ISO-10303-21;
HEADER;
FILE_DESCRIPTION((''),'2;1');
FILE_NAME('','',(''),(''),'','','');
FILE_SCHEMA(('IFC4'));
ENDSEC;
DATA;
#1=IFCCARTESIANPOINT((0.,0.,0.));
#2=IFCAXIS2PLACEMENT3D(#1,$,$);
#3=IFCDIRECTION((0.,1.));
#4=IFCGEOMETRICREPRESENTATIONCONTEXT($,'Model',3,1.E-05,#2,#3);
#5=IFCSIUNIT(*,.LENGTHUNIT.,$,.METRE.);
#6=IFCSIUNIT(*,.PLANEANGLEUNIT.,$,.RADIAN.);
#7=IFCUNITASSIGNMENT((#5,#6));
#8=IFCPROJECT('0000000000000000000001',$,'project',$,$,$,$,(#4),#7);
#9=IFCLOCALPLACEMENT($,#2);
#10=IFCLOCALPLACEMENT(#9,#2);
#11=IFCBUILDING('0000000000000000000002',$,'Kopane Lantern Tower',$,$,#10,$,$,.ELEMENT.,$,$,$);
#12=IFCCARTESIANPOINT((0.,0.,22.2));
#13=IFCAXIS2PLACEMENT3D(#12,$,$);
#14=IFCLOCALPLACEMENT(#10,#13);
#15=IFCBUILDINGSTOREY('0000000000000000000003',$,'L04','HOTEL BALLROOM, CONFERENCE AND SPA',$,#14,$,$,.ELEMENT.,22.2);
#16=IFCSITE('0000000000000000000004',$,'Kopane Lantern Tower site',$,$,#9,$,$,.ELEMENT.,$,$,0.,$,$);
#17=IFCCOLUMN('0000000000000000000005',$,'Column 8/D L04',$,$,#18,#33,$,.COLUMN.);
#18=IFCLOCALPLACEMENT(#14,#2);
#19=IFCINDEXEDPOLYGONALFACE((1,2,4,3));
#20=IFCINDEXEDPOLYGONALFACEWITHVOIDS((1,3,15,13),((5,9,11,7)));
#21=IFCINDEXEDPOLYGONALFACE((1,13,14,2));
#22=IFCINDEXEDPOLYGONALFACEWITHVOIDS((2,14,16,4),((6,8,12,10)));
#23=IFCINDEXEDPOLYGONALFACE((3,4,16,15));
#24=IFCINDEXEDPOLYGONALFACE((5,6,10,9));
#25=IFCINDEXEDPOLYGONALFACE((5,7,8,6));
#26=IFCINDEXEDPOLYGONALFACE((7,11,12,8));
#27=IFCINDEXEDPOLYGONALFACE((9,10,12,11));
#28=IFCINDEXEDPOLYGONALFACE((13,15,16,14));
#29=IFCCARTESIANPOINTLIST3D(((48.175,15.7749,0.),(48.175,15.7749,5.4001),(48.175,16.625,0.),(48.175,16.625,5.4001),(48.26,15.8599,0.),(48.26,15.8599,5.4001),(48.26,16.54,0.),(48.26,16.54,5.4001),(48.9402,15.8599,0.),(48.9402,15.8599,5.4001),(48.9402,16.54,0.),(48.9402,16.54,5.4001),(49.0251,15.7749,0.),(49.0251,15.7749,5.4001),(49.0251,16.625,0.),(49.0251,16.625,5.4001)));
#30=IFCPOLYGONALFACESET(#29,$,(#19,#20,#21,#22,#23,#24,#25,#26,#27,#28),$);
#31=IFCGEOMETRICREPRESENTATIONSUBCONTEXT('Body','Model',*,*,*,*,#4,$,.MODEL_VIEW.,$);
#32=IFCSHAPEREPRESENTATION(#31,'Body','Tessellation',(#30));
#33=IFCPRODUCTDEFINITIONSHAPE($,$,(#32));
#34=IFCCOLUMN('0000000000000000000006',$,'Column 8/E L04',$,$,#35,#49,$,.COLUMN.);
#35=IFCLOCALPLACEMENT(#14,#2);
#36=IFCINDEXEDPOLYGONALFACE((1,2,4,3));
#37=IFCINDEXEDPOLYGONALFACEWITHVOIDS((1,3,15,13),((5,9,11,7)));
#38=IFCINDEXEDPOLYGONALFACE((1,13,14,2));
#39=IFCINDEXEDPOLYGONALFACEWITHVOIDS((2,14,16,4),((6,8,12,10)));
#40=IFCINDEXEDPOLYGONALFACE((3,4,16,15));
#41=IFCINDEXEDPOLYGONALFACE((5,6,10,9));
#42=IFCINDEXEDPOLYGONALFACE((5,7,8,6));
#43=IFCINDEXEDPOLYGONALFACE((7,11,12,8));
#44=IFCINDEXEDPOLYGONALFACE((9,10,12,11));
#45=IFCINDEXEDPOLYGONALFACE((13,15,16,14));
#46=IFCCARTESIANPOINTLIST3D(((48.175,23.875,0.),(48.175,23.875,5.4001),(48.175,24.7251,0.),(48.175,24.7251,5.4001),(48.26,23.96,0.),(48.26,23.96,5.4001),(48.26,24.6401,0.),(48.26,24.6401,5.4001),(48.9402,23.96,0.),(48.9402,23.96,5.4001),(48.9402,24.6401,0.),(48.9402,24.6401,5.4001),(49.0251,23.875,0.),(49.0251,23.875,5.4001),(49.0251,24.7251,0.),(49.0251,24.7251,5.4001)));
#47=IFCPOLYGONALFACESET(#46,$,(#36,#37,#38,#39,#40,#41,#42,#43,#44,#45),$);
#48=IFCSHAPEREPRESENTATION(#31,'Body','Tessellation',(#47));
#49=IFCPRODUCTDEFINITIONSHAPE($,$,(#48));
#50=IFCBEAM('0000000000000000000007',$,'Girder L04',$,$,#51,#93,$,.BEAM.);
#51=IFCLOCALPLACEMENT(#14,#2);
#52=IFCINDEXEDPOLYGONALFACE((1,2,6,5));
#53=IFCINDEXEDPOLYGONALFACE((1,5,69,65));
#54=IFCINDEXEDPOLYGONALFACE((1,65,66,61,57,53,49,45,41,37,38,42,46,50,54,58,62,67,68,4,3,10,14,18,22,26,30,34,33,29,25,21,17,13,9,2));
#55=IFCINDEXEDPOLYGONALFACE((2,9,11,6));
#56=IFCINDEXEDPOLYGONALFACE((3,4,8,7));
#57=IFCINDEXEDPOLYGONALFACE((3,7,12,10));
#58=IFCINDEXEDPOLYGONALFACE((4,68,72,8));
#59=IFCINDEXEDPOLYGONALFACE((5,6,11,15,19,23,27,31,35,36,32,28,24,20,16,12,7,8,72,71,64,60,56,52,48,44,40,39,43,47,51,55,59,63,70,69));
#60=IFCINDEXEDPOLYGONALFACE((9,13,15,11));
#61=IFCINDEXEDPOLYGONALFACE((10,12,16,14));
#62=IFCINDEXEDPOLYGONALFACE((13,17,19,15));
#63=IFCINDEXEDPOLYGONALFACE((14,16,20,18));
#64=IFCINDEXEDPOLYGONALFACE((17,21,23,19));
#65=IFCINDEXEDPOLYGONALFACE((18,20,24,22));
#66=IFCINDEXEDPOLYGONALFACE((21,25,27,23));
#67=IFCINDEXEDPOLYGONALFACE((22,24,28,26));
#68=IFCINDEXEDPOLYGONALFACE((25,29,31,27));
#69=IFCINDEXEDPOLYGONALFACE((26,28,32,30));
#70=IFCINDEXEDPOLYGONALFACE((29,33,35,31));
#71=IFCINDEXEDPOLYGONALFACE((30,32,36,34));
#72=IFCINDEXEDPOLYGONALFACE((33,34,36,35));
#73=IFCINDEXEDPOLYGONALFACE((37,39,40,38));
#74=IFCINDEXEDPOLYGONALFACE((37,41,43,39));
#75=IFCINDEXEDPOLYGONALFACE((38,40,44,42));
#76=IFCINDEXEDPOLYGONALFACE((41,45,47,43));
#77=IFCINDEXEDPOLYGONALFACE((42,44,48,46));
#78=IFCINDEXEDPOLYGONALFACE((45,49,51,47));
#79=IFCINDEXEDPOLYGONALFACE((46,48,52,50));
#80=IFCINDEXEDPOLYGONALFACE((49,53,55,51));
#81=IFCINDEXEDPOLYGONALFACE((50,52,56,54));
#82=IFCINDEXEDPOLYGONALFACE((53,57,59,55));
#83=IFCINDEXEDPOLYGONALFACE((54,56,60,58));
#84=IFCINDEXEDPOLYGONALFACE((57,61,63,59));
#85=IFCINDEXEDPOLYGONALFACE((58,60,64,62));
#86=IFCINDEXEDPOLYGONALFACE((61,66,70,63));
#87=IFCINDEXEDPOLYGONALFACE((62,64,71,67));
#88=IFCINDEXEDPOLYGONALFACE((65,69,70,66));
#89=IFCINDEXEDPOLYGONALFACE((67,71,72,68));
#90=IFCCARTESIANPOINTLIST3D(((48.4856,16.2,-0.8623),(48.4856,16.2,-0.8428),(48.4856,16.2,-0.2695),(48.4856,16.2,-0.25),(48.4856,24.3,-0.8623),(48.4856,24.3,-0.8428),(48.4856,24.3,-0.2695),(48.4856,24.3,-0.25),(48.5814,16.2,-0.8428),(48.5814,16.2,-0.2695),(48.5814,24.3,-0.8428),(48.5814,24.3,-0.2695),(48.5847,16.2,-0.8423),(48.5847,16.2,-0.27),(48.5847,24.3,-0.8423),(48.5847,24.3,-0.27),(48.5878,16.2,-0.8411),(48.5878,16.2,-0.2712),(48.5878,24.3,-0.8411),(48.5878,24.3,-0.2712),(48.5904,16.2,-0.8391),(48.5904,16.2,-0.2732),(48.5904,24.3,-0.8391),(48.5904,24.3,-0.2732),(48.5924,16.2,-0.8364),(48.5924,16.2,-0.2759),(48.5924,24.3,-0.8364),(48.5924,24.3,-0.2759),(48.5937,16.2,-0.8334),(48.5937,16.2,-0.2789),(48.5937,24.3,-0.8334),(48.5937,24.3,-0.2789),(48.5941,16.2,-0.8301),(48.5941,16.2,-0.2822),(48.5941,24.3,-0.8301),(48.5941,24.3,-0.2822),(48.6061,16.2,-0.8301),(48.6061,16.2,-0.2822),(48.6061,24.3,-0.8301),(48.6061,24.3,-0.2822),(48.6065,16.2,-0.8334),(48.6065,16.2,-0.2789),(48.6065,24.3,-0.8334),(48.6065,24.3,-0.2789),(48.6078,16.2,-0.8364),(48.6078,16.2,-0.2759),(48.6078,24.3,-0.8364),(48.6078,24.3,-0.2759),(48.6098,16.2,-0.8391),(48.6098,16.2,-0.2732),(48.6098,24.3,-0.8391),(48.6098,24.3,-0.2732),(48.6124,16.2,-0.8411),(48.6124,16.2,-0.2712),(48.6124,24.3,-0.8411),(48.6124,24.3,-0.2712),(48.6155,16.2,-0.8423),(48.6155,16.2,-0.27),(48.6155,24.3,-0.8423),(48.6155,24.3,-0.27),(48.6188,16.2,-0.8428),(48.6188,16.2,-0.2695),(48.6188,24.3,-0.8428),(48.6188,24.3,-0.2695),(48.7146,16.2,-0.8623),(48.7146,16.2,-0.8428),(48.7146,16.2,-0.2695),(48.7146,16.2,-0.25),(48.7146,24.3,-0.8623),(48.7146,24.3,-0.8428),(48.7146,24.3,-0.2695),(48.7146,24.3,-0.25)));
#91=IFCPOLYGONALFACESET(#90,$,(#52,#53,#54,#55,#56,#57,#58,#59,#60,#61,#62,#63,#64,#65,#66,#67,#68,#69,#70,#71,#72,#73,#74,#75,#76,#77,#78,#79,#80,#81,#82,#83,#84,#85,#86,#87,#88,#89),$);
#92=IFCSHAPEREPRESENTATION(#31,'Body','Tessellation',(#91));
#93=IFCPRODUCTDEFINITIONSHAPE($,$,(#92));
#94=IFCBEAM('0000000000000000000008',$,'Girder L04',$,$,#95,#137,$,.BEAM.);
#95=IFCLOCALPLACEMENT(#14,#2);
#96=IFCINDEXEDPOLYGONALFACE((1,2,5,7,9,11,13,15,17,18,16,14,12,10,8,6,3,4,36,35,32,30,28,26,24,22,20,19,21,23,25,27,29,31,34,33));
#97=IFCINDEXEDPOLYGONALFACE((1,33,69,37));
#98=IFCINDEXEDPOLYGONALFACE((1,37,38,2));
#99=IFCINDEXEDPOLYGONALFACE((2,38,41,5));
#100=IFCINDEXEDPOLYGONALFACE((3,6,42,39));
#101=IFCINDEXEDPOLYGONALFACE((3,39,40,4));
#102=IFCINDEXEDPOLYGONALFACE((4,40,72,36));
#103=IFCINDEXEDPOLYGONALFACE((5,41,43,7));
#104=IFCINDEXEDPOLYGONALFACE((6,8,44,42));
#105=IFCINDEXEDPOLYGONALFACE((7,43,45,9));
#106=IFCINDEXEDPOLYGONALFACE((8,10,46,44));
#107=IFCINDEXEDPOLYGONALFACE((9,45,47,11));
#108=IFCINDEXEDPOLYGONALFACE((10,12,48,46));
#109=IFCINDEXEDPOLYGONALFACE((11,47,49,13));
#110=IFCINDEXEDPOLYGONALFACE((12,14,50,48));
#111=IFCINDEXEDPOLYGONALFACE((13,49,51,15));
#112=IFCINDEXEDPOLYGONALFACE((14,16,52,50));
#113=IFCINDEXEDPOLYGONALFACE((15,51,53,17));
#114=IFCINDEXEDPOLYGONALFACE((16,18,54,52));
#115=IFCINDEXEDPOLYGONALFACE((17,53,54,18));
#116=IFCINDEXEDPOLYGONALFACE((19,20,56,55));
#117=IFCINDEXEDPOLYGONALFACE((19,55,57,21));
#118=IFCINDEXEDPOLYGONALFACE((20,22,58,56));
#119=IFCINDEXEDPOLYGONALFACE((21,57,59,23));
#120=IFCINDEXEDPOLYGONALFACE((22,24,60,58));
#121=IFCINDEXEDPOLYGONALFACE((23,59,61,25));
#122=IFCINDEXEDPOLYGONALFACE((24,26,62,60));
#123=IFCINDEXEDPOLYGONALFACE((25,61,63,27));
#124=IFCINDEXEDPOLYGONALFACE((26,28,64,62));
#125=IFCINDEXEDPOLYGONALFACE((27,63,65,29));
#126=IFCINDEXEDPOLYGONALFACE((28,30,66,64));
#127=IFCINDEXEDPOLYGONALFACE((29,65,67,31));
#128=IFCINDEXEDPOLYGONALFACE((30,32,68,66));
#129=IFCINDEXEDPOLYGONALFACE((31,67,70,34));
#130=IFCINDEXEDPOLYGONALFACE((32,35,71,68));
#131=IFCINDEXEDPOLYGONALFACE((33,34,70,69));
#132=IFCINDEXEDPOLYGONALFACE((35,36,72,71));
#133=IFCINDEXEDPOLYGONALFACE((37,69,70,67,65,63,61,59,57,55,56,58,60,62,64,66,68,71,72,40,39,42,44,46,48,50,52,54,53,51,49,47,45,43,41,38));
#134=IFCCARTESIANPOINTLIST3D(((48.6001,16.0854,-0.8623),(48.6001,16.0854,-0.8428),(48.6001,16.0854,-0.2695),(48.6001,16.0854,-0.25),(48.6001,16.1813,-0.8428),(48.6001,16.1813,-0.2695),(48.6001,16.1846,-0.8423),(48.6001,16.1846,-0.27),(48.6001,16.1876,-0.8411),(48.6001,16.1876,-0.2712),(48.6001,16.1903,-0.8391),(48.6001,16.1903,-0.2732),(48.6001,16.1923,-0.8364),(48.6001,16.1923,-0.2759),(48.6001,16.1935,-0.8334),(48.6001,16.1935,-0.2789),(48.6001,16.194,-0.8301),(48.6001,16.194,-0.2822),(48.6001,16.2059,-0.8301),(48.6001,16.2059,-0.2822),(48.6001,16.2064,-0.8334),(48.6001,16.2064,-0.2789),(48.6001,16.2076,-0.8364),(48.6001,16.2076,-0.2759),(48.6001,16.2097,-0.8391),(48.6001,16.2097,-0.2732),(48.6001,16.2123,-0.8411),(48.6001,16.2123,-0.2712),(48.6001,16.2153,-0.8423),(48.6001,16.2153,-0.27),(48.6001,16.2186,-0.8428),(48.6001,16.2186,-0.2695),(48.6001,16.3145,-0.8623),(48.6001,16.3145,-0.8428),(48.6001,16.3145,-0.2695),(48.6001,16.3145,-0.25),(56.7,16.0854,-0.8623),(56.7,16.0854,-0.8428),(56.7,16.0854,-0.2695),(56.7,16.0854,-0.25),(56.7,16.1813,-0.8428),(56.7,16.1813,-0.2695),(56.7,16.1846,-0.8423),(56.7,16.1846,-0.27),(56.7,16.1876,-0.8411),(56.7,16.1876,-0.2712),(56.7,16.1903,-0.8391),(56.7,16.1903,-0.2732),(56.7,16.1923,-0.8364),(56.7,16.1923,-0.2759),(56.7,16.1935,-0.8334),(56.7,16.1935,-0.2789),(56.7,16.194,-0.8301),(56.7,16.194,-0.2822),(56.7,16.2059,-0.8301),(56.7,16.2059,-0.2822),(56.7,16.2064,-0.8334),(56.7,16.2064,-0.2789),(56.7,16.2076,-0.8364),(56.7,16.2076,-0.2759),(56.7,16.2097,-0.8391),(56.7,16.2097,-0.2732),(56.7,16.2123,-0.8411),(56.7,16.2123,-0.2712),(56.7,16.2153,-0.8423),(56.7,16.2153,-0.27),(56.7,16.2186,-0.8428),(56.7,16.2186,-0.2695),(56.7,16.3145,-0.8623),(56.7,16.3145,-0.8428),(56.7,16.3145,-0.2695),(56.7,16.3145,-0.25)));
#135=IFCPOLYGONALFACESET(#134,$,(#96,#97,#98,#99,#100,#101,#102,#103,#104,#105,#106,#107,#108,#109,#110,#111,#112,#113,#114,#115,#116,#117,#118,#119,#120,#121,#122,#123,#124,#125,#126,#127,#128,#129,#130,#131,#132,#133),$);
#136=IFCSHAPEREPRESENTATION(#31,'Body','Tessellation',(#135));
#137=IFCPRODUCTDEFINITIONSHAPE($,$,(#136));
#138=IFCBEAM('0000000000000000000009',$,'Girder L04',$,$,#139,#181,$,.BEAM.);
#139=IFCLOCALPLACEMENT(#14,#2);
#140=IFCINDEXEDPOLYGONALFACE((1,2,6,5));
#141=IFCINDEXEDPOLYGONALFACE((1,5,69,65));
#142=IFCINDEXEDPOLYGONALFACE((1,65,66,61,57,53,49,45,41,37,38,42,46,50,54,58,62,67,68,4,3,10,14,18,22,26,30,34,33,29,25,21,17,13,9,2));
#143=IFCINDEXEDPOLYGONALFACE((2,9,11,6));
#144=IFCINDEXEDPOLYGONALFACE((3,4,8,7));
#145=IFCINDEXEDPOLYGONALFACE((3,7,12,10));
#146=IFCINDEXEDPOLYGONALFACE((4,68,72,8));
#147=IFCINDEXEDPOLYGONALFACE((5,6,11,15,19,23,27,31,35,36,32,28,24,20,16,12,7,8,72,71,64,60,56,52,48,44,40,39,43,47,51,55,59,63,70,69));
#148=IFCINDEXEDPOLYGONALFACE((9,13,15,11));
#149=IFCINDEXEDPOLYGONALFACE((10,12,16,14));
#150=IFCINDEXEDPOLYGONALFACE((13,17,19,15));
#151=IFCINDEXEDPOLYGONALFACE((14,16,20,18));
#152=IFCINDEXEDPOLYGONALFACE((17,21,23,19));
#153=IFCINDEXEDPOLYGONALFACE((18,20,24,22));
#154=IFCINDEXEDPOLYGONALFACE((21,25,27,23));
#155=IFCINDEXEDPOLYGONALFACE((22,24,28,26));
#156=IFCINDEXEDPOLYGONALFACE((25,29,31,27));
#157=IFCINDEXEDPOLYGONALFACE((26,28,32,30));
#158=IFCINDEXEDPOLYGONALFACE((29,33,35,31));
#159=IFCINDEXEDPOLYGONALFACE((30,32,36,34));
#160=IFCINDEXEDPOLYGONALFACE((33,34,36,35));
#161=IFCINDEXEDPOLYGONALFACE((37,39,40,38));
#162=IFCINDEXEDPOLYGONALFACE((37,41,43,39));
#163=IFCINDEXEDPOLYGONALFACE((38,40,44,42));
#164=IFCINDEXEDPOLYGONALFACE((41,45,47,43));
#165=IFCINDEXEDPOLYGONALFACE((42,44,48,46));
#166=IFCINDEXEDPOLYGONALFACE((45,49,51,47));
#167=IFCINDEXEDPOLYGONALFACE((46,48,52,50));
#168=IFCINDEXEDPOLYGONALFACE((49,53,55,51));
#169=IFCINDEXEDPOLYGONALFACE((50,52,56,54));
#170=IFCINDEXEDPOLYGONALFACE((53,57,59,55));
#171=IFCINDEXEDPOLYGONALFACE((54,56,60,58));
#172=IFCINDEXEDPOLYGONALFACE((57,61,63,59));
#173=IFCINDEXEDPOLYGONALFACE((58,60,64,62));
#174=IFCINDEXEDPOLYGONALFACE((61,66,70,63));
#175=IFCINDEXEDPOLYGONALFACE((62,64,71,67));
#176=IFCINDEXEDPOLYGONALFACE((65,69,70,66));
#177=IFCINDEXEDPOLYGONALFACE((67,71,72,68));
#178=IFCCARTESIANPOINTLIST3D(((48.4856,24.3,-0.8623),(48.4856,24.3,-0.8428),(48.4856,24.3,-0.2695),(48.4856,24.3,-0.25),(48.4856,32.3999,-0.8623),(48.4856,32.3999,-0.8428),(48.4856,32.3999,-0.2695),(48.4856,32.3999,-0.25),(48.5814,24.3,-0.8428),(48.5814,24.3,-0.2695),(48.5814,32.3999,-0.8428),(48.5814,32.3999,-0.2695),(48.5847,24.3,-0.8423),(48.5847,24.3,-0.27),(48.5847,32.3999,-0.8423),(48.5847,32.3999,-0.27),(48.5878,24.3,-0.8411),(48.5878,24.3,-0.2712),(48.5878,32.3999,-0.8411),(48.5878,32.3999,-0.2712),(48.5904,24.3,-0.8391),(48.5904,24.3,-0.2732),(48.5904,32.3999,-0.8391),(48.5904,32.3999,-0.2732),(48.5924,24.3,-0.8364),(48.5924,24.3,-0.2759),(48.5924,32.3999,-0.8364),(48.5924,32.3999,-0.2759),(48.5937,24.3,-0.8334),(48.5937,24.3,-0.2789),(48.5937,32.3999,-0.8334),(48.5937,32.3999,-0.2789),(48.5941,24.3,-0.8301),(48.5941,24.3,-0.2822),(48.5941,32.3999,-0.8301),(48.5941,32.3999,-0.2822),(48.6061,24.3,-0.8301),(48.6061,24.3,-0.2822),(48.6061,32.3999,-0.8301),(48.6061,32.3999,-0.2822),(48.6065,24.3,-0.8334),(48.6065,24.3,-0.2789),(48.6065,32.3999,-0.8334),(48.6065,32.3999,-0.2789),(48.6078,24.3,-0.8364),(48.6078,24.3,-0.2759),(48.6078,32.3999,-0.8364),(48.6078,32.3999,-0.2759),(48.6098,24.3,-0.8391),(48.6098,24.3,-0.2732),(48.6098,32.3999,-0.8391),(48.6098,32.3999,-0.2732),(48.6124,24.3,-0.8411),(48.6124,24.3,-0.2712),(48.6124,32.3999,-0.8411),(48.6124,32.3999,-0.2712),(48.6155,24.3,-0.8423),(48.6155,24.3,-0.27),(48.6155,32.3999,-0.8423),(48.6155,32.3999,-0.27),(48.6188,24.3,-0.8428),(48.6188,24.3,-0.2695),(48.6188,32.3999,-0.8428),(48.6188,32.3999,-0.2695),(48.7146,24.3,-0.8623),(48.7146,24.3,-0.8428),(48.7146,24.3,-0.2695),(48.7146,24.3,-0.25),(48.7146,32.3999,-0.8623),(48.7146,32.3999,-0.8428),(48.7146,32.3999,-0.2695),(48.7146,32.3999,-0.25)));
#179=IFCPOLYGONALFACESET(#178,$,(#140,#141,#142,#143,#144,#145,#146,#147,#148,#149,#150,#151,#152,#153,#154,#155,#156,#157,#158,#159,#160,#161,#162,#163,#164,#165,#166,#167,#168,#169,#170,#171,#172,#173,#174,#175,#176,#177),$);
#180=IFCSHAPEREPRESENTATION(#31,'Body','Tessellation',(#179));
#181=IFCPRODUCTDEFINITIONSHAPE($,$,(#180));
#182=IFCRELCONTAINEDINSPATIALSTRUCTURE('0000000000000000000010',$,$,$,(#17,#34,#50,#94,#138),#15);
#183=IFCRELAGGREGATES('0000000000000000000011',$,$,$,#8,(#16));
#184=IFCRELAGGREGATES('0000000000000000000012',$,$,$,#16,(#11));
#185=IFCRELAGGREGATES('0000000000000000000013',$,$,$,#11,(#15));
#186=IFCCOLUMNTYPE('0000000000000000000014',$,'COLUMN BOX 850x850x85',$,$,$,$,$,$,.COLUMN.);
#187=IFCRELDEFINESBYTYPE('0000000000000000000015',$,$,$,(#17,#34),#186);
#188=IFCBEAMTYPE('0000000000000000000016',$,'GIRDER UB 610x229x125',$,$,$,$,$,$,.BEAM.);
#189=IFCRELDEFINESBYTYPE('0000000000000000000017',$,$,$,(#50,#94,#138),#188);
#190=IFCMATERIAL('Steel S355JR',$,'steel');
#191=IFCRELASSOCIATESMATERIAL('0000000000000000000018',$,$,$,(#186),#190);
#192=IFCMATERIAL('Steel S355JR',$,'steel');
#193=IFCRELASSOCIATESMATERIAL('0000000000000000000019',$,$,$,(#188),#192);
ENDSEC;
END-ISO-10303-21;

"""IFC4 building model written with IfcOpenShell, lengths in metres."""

from ifc_helpers import new_model, si_unit, direction, frame, origin, origin_2d, place, context, subcontext, project, spatial, hollow_rectangle, i_section, extrude, material, material_profile, profile_set, type_object, element, save


model = new_model("IFC4")

# Units and contexts
model_context = context("Model", 3, precision=1e-05, world=origin(), true_north=direction((0.0, 1.0)))
body_context = subcontext(model_context, "Body", "Model", "MODEL_VIEW")
ifc_project = project(units=[si_unit("LENGTHUNIT", "METRE"), si_unit("PLANEANGLEUNIT", "RADIAN")], contexts=[model_context])

# Site, building, storey
site_placement = place(None, origin())
site = spatial("IfcSite", under=ifc_project, at=site_placement, Name="Kopane Lantern Tower site", CompositionType="ELEMENT", RefElevation=0.0)
building_placement = place(site_placement, origin())
building = spatial("IfcBuilding", under=site, at=building_placement, Name="Kopane Lantern Tower", CompositionType="ELEMENT")
storey_placement = place(building_placement, frame((0.0, 0.0, 22.2)))
storey = spatial("IfcBuildingStorey", under=building, at=storey_placement, Name="L04", Description="HOTEL BALLROOM, CONFERENCE AND SPA", CompositionType="ELEMENT", Elevation=22.2)

# Columns
ifc_material_1 = material(Name="Steel S355JR", Category="steel")
ifc_material_profile_1 = material_profile(ifc_material_1, hollow_rectangle(XDim=0.8501, YDim=0.8501, WallThickness=0.085, at=origin_2d()), Name="BOX 850x850x85")
ifc_profile_set_1 = profile_set([ifc_material_profile_1], Name="Steel S355JR")
column_type = type_object("IfcColumnType", Name="COLUMN BOX 850x850x85", PredefinedType="COLUMN", material=ifc_profile_set_1)
for number, where, z_axis, x_axis, name in (
    (1, (48.6001, 16.2, 0.0), (0.0, 0.0, 1.0), (1.0, 0.0, 0.0), "Column 8/D L04"),
    (2, (48.6001, 24.3, 0.0), (0.0, 0.0, 1.0), (1.0, 0.0, 0.0), "Column 8/E L04"),
):
    element("IfcColumn", number, at=place(storey_placement, frame(where, z_axis=z_axis, x_axis=x_axis)), inside=storey, type_object=column_type, Name=name, PredefinedType="COLUMN", context=body_context, shape_type="SweptSolid", body=[
        extrude(hollow_rectangle(XDim=0.8501, YDim=0.8501, WallThickness=0.085, at=origin_2d()), origin(), (0.0, 0.0, 1.0), 5.4001),
    ])

# Beams
ifc_material_2 = material(Name="Steel S355JR", Category="steel")
ifc_material_profile_2 = material_profile(ifc_material_2, i_section(OverallWidth=0.229, OverallDepth=0.6123, WebThickness=0.012, FlangeThickness=0.0195, FilletRadius=0.0127, at=origin_2d()), Name="UB 610x229x125")
ifc_profile_set_2 = profile_set([ifc_material_profile_2], Name="Steel S355JR")
beam_type = type_object("IfcBeamType", Name="GIRDER UB 610x229x125", PredefinedType="BEAM", material=ifc_profile_set_2)
beam_placement = place(storey_placement, frame((48.6001, 16.2, -0.5562), z_axis=(0.0, 1.0, 0.0), x_axis=(-1.0, 0.0, 0.0)))
element("IfcBeam", 3, at=beam_placement, inside=storey, type_object=beam_type, Name="Girder L04", PredefinedType="BEAM", context=body_context, shape_type="SweptSolid", body=[
    extrude(i_section(OverallWidth=0.229, OverallDepth=0.6123, WebThickness=0.012, FlangeThickness=0.0195, FilletRadius=0.0127, at=origin_2d()), origin(), (0.0, 0.0, 1.0), 8.1001),
])
for number, where, z_axis, x_axis, name in (
    (4, (48.6001, 16.2, -0.5562), (1.0, 0.0, 0.0), (0.0, 1.0, 0.0), "Girder L04"),
    (5, (48.6001, 24.3, -0.5562), (0.0, 1.0, 0.0), (-1.0, 0.0, 0.0), "Girder L04"),
):
    element("IfcBeam", number, at=place(storey_placement, frame(where, z_axis=z_axis, x_axis=x_axis)), inside=storey, type_object=beam_type, Name=name, PredefinedType="BEAM", context=body_context, shape_type="SweptSolid", body=[
        extrude(i_section(OverallWidth=0.229, OverallDepth=0.6123, WebThickness=0.012, FlangeThickness=0.0195, FilletRadius=0.0127, at=origin_2d()), origin(), (0.0, 0.0, 1.0), 8.0999),
    ])

save(model, "model.ifc")
